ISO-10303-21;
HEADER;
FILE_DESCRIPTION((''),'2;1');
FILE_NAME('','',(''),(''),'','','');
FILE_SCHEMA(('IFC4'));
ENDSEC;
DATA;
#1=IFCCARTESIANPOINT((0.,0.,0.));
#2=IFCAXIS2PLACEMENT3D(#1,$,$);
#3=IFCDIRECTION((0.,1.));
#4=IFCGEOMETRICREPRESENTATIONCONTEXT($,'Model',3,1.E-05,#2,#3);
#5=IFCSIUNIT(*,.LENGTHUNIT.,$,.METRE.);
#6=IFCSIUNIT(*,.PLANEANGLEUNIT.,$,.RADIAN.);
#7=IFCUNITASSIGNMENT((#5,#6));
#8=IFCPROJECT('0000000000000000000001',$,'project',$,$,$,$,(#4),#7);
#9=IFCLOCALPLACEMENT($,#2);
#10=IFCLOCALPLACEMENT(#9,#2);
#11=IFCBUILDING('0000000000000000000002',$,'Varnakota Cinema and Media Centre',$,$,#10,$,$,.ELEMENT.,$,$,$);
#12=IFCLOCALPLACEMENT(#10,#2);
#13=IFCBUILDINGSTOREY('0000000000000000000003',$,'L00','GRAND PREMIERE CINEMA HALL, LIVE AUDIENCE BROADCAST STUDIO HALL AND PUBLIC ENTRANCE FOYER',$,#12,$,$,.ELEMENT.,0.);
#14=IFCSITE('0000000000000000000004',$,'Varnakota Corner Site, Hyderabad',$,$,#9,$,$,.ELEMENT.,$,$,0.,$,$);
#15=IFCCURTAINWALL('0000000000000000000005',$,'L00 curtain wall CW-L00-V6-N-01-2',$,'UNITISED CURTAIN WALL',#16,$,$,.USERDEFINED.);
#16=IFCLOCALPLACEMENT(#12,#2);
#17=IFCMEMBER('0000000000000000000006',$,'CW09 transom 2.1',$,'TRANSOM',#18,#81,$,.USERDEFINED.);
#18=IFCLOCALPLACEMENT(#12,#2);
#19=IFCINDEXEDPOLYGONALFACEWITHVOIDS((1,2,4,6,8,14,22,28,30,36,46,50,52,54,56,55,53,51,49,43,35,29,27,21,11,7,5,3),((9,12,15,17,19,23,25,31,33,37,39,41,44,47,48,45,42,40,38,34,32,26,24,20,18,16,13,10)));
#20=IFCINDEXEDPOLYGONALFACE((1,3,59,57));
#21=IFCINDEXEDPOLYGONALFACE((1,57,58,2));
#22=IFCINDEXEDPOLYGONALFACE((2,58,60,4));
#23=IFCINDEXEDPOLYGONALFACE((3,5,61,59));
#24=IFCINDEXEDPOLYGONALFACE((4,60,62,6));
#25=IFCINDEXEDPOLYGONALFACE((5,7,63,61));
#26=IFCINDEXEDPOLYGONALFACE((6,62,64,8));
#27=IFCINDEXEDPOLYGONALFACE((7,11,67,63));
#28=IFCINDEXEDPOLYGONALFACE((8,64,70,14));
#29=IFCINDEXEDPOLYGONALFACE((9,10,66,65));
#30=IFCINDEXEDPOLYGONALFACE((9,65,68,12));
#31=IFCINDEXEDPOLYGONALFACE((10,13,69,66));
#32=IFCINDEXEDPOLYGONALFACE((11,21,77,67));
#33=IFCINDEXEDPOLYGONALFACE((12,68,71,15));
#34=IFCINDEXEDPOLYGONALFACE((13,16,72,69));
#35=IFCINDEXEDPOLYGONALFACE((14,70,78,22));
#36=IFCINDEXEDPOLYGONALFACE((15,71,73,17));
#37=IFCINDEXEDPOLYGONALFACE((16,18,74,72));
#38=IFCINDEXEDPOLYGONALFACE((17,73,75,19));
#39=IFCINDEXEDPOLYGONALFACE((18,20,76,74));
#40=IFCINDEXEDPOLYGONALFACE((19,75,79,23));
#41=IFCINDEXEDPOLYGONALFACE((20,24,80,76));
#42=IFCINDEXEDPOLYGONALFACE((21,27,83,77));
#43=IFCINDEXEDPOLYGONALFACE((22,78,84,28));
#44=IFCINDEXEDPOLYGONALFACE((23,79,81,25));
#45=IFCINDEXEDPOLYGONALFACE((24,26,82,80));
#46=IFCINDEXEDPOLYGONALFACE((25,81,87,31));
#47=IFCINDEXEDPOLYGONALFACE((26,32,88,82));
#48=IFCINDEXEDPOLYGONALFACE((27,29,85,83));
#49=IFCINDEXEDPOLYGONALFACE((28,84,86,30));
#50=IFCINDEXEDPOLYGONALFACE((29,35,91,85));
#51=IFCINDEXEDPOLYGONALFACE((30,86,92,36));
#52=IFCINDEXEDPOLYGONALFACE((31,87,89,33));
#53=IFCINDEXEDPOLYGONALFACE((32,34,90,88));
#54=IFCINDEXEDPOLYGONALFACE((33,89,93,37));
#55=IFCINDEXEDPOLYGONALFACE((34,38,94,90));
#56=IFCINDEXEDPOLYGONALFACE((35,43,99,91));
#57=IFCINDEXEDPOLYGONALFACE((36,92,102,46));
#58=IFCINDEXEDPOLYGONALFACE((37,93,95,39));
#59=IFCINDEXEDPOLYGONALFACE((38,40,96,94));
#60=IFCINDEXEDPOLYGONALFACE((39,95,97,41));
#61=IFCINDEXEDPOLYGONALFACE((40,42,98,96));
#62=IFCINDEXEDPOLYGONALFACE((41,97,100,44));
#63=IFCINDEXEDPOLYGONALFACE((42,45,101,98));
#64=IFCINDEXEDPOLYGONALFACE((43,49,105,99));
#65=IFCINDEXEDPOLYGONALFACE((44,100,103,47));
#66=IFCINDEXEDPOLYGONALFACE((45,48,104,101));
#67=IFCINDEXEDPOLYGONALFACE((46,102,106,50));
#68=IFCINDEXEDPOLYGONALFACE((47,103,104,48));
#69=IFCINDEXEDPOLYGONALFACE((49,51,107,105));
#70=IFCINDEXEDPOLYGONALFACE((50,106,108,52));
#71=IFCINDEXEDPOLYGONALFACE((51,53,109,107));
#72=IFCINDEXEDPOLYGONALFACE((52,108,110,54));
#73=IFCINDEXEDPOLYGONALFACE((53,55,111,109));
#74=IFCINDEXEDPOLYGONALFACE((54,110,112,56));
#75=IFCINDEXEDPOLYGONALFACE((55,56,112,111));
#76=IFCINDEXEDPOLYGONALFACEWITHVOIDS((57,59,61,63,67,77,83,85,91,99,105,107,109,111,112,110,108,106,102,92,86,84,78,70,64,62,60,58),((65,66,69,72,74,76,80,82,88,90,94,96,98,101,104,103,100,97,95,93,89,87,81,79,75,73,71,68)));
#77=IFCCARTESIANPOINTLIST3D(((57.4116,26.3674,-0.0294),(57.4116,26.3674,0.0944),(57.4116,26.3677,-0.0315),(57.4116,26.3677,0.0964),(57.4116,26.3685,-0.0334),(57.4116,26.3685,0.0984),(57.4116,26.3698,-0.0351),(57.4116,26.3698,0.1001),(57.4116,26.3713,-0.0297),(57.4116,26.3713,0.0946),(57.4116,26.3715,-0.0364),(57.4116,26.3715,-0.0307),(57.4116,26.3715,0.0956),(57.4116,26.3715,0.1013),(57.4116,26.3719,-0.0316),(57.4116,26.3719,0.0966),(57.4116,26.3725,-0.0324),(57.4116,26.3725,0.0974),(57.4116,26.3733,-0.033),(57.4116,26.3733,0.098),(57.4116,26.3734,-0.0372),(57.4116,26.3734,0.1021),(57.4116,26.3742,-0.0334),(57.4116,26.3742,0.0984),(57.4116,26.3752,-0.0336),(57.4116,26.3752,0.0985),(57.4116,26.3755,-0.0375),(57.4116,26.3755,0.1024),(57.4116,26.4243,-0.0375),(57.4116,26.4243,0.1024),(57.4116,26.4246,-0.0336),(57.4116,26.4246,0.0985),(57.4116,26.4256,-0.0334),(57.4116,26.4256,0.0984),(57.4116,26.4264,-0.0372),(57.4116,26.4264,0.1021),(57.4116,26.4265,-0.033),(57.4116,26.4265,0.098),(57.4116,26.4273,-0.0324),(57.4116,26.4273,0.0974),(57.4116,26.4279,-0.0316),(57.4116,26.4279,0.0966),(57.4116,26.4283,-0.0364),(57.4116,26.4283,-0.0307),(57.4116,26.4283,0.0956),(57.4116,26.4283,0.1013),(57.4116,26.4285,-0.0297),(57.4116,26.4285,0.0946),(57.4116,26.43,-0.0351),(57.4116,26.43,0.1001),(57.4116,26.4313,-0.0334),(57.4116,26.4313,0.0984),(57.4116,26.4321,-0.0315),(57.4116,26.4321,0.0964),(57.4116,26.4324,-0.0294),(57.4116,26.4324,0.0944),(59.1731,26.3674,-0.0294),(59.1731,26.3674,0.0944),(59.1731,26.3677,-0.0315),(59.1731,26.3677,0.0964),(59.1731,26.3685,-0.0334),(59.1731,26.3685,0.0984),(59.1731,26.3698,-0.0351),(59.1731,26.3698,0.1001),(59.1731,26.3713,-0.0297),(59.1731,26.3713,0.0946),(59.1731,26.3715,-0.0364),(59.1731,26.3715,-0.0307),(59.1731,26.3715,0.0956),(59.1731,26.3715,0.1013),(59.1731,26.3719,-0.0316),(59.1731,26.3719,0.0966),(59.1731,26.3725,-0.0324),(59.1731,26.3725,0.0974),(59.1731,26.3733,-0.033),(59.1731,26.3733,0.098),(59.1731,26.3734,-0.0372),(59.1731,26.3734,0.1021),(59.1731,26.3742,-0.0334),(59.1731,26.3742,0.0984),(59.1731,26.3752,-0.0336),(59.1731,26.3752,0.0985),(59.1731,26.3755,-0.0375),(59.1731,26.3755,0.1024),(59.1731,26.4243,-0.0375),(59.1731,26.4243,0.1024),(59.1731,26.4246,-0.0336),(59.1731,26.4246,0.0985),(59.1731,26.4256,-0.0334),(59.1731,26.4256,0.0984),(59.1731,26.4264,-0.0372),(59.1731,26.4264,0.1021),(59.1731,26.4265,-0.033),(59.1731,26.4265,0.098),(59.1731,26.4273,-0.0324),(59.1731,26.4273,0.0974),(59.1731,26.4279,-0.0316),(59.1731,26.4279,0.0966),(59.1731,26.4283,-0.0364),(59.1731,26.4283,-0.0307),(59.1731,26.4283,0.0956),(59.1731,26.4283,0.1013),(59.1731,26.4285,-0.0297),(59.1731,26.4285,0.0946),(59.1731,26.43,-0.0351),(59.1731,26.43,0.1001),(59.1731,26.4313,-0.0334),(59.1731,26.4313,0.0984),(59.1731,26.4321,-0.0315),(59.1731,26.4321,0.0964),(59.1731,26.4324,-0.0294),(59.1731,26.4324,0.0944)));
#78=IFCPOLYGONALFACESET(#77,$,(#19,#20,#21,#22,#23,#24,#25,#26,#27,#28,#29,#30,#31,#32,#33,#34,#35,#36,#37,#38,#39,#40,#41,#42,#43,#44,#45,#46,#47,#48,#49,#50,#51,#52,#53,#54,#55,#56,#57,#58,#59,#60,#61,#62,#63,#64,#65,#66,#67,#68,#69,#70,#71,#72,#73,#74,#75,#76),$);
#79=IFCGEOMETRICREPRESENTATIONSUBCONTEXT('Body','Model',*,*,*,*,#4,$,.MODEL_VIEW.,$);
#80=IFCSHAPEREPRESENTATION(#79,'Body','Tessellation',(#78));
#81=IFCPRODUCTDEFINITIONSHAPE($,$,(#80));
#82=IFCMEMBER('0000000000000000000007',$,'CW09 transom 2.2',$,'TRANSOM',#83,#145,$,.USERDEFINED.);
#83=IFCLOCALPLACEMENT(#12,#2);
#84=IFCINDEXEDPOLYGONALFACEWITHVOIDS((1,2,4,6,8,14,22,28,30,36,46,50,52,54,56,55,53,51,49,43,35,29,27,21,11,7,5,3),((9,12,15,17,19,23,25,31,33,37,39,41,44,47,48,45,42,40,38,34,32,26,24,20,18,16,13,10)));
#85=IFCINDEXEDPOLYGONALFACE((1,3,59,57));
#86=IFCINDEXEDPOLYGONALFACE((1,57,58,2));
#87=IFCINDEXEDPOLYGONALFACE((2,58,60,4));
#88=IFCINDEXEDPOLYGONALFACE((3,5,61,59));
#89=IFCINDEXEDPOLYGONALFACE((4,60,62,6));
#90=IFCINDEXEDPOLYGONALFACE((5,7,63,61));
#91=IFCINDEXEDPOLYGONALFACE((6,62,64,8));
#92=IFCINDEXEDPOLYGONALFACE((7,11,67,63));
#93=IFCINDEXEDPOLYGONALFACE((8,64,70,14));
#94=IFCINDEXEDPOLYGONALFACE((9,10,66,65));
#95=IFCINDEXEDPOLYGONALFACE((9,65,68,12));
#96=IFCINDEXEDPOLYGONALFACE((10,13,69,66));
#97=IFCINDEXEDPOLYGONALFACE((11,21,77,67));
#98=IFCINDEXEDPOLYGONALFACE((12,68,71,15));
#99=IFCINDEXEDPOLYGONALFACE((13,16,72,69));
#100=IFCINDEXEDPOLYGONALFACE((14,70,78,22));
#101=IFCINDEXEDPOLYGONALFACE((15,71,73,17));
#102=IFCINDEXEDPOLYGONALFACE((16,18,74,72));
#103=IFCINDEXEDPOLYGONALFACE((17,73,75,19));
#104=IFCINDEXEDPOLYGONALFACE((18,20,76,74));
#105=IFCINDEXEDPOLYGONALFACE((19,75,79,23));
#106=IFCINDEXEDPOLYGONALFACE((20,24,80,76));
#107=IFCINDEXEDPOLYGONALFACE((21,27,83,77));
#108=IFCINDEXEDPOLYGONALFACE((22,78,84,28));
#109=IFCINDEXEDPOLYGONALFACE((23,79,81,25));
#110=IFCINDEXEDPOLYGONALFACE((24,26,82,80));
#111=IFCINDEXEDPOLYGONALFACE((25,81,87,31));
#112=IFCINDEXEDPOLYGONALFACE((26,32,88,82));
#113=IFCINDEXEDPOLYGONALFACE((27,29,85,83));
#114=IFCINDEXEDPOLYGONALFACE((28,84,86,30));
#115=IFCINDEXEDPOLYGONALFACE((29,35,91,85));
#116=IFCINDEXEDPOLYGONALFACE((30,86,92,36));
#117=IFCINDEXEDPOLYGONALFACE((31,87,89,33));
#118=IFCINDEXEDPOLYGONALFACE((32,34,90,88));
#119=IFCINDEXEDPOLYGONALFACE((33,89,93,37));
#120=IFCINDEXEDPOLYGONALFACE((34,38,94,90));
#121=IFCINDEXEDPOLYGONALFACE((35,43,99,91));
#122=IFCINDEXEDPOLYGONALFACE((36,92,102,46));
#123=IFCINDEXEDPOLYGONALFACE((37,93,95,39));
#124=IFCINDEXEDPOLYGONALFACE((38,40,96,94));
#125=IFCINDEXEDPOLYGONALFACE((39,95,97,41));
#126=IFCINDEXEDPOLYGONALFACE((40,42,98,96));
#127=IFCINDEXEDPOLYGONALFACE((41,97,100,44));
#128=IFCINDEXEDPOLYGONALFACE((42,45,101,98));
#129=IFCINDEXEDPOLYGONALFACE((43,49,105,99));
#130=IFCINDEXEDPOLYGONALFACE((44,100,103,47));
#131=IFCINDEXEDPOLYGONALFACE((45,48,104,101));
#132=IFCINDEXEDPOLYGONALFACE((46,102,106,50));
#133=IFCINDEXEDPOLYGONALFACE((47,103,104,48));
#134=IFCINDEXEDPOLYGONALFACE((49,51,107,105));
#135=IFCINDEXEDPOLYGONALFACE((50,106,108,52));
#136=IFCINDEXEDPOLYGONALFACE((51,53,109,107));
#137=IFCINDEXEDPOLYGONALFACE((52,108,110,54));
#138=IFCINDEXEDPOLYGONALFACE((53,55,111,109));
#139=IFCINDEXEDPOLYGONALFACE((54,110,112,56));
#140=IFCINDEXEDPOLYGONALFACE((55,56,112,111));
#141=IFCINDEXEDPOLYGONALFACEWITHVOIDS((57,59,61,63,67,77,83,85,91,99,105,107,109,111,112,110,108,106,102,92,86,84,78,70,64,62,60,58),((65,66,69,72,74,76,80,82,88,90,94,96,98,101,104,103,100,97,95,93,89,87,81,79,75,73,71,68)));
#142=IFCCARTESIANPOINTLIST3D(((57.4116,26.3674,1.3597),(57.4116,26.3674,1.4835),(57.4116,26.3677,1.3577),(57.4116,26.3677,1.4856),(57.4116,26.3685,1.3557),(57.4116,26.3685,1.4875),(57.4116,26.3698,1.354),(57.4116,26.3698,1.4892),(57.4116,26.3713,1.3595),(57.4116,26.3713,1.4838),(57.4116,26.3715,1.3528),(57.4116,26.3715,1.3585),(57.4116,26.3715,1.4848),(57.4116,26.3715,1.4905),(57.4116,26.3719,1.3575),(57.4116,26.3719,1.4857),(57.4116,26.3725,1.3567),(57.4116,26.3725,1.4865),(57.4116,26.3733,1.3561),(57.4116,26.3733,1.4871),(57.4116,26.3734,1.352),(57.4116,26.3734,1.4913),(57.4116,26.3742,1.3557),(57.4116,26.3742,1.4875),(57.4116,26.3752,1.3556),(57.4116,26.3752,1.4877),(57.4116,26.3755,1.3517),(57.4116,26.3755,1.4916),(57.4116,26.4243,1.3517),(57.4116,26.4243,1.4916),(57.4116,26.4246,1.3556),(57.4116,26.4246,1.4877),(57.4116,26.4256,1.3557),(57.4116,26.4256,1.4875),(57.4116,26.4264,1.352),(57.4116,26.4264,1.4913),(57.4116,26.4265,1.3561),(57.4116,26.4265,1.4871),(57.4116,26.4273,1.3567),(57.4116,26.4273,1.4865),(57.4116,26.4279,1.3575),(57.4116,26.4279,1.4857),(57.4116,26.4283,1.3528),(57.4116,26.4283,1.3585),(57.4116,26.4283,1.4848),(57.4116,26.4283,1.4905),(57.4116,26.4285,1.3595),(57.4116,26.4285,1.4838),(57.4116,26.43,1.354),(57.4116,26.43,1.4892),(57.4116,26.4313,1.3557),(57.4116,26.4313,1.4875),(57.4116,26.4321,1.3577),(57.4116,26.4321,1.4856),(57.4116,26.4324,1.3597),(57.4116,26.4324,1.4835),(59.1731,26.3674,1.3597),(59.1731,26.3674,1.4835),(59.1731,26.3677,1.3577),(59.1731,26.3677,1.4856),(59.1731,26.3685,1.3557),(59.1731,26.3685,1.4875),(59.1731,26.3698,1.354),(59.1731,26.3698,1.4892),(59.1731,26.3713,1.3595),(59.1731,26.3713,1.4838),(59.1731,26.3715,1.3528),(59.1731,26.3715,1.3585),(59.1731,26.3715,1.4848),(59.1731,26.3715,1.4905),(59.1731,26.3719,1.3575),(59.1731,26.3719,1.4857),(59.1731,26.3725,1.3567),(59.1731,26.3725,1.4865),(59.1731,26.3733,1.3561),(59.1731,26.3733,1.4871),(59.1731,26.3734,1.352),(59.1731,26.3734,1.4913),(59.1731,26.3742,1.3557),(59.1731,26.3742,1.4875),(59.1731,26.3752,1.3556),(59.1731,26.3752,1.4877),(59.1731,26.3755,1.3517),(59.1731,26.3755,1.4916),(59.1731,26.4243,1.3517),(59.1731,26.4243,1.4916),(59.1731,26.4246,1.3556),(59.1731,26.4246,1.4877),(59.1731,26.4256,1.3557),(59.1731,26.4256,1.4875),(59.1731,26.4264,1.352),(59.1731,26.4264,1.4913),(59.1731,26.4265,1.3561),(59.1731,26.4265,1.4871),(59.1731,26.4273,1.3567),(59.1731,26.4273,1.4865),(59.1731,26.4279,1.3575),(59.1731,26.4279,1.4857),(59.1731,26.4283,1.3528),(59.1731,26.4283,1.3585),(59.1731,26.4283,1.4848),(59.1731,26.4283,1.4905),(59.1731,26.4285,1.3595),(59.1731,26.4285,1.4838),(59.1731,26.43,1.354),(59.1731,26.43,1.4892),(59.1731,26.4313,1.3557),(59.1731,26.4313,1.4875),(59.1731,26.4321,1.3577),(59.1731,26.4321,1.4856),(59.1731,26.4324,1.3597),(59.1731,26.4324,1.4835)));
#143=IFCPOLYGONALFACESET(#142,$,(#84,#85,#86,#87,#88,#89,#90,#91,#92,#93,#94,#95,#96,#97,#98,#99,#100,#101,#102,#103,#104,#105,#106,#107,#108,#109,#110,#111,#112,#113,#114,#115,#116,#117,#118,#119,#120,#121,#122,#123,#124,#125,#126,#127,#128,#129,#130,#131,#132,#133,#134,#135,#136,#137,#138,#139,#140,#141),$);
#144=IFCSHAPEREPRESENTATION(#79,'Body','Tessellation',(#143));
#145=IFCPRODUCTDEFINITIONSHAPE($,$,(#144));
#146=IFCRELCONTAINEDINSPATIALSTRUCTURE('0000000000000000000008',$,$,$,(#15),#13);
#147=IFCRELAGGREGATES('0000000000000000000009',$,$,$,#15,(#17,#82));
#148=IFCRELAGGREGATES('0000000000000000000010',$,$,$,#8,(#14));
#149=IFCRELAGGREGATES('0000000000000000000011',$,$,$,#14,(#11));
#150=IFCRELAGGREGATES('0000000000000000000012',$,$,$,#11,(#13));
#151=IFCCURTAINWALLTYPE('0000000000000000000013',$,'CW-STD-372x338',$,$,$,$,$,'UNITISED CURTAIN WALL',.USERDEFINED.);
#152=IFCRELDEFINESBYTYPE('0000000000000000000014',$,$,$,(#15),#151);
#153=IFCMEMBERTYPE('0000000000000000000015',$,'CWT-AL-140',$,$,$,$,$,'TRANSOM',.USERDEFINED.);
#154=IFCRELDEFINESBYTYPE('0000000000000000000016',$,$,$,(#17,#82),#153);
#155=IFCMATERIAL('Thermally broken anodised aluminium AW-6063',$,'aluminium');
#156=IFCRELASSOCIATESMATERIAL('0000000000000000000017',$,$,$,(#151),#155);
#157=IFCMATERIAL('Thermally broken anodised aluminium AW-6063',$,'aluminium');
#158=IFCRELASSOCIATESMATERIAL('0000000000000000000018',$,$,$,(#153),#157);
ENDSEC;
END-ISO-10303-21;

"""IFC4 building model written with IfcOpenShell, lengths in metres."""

from ifc_helpers import new_model, si_unit, direction, frame, origin, origin_2d, place, context, subcontext, project, spatial, hollow_rectangle, extrude, material, material_profile, profile_set, type_object, element, aggregate, save


model = new_model("IFC4")

# Units and contexts
model_context = context("Model", 3, precision=1e-05, world=origin(), true_north=direction((0.0, 1.0)))
body_context = subcontext(model_context, "Body", "Model", "MODEL_VIEW")
ifc_project = project(units=[si_unit("LENGTHUNIT", "METRE"), si_unit("PLANEANGLEUNIT", "RADIAN")], contexts=[model_context])

# Site, building, storey
site_placement = place(None, origin())
site = spatial("IfcSite", under=ifc_project, at=site_placement, Name="Varnakota Corner Site, Hyderabad", CompositionType="ELEMENT", RefElevation=0.0)
building_placement = place(site_placement, origin())
building = spatial("IfcBuilding", under=site, at=building_placement, Name="Varnakota Cinema and Media Centre", CompositionType="ELEMENT")
storey_placement = place(building_placement, origin())
storey = spatial("IfcBuildingStorey", under=building, at=storey_placement, Name="L00", Description="GRAND PREMIERE CINEMA HALL, LIVE AUDIENCE BROADCAST STUDIO HALL AND PUBLIC ENTRANCE FOYER", CompositionType="ELEMENT", Elevation=0.0)

# Curtain wall
ifc_material_1 = material(Name="Thermally broken anodised aluminium AW-6063", Category="aluminium")
curtain_wall_type_1 = type_object("IfcCurtainWallType", Name="CW-STD-372x338", ElementType="UNITISED CURTAIN WALL", PredefinedType="USERDEFINED", material=ifc_material_1)
curtain_wall_1_placement = place(storey_placement, origin())
curtain_wall_1 = element("IfcCurtainWall", 1, at=curtain_wall_1_placement, inside=storey, type_object=curtain_wall_type_1, Name="L00 curtain wall CW-L00-V6-N-01-2", ObjectType="UNITISED CURTAIN WALL", PredefinedType="USERDEFINED")

# Members
ifc_material_2 = material(Name="Thermally broken anodised aluminium AW-6063", Category="aluminium")
ifc_material_profile_1 = material_profile(ifc_material_2, hollow_rectangle(XDim=0.0649, YDim=0.1399, WallThickness=0.0039, InnerFilletRadius=0.0039, OuterFilletRadius=0.0081, at=origin_2d()), Name="AL-TRANSOM 140x65x4")
ifc_profile_set_1 = profile_set([ifc_material_profile_1], Name="Thermally broken anodised aluminium AW-6063")
member_type_1 = type_object("IfcMemberType", Name="CWT-AL-140", ElementType="TRANSOM", PredefinedType="USERDEFINED", material=ifc_profile_set_1)
member_1_placement = place(storey_placement, frame((57.4116, 26.3999, 0.0325), z_axis=(1.0, 0.0, 0.0), x_axis=(0.0, 1.0, 0.0)))
member_1 = element("IfcMember", 2, at=member_1_placement, type_object=member_type_1, Name="CW09 transom 2.1", ObjectType="TRANSOM", PredefinedType="USERDEFINED", context=body_context, shape_type="SweptSolid", body=[
    extrude(hollow_rectangle(XDim=0.0649, YDim=0.1399, WallThickness=0.0039, InnerFilletRadius=0.0039, OuterFilletRadius=0.0081, at=origin_2d()), origin(), (0.0, 0.0, 1.0), 1.7615),
])
member_2_placement = place(storey_placement, frame((57.4116, 26.3999, 1.4216), z_axis=(1.0, 0.0, 0.0), x_axis=(0.0, 1.0, 0.0)))
member_2 = element("IfcMember", 3, at=member_2_placement, type_object=member_type_1, Name="CW09 transom 2.2", ObjectType="TRANSOM", PredefinedType="USERDEFINED", context=body_context, shape_type="SweptSolid", body=[
    extrude(hollow_rectangle(XDim=0.0649, YDim=0.1399, WallThickness=0.0039, InnerFilletRadius=0.0039, OuterFilletRadius=0.0081, at=origin_2d()), origin(), (0.0, 0.0, 1.0), 1.7615),
])

aggregate(curtain_wall_1, [member_1, member_2])

save(model, "model.ifc")
